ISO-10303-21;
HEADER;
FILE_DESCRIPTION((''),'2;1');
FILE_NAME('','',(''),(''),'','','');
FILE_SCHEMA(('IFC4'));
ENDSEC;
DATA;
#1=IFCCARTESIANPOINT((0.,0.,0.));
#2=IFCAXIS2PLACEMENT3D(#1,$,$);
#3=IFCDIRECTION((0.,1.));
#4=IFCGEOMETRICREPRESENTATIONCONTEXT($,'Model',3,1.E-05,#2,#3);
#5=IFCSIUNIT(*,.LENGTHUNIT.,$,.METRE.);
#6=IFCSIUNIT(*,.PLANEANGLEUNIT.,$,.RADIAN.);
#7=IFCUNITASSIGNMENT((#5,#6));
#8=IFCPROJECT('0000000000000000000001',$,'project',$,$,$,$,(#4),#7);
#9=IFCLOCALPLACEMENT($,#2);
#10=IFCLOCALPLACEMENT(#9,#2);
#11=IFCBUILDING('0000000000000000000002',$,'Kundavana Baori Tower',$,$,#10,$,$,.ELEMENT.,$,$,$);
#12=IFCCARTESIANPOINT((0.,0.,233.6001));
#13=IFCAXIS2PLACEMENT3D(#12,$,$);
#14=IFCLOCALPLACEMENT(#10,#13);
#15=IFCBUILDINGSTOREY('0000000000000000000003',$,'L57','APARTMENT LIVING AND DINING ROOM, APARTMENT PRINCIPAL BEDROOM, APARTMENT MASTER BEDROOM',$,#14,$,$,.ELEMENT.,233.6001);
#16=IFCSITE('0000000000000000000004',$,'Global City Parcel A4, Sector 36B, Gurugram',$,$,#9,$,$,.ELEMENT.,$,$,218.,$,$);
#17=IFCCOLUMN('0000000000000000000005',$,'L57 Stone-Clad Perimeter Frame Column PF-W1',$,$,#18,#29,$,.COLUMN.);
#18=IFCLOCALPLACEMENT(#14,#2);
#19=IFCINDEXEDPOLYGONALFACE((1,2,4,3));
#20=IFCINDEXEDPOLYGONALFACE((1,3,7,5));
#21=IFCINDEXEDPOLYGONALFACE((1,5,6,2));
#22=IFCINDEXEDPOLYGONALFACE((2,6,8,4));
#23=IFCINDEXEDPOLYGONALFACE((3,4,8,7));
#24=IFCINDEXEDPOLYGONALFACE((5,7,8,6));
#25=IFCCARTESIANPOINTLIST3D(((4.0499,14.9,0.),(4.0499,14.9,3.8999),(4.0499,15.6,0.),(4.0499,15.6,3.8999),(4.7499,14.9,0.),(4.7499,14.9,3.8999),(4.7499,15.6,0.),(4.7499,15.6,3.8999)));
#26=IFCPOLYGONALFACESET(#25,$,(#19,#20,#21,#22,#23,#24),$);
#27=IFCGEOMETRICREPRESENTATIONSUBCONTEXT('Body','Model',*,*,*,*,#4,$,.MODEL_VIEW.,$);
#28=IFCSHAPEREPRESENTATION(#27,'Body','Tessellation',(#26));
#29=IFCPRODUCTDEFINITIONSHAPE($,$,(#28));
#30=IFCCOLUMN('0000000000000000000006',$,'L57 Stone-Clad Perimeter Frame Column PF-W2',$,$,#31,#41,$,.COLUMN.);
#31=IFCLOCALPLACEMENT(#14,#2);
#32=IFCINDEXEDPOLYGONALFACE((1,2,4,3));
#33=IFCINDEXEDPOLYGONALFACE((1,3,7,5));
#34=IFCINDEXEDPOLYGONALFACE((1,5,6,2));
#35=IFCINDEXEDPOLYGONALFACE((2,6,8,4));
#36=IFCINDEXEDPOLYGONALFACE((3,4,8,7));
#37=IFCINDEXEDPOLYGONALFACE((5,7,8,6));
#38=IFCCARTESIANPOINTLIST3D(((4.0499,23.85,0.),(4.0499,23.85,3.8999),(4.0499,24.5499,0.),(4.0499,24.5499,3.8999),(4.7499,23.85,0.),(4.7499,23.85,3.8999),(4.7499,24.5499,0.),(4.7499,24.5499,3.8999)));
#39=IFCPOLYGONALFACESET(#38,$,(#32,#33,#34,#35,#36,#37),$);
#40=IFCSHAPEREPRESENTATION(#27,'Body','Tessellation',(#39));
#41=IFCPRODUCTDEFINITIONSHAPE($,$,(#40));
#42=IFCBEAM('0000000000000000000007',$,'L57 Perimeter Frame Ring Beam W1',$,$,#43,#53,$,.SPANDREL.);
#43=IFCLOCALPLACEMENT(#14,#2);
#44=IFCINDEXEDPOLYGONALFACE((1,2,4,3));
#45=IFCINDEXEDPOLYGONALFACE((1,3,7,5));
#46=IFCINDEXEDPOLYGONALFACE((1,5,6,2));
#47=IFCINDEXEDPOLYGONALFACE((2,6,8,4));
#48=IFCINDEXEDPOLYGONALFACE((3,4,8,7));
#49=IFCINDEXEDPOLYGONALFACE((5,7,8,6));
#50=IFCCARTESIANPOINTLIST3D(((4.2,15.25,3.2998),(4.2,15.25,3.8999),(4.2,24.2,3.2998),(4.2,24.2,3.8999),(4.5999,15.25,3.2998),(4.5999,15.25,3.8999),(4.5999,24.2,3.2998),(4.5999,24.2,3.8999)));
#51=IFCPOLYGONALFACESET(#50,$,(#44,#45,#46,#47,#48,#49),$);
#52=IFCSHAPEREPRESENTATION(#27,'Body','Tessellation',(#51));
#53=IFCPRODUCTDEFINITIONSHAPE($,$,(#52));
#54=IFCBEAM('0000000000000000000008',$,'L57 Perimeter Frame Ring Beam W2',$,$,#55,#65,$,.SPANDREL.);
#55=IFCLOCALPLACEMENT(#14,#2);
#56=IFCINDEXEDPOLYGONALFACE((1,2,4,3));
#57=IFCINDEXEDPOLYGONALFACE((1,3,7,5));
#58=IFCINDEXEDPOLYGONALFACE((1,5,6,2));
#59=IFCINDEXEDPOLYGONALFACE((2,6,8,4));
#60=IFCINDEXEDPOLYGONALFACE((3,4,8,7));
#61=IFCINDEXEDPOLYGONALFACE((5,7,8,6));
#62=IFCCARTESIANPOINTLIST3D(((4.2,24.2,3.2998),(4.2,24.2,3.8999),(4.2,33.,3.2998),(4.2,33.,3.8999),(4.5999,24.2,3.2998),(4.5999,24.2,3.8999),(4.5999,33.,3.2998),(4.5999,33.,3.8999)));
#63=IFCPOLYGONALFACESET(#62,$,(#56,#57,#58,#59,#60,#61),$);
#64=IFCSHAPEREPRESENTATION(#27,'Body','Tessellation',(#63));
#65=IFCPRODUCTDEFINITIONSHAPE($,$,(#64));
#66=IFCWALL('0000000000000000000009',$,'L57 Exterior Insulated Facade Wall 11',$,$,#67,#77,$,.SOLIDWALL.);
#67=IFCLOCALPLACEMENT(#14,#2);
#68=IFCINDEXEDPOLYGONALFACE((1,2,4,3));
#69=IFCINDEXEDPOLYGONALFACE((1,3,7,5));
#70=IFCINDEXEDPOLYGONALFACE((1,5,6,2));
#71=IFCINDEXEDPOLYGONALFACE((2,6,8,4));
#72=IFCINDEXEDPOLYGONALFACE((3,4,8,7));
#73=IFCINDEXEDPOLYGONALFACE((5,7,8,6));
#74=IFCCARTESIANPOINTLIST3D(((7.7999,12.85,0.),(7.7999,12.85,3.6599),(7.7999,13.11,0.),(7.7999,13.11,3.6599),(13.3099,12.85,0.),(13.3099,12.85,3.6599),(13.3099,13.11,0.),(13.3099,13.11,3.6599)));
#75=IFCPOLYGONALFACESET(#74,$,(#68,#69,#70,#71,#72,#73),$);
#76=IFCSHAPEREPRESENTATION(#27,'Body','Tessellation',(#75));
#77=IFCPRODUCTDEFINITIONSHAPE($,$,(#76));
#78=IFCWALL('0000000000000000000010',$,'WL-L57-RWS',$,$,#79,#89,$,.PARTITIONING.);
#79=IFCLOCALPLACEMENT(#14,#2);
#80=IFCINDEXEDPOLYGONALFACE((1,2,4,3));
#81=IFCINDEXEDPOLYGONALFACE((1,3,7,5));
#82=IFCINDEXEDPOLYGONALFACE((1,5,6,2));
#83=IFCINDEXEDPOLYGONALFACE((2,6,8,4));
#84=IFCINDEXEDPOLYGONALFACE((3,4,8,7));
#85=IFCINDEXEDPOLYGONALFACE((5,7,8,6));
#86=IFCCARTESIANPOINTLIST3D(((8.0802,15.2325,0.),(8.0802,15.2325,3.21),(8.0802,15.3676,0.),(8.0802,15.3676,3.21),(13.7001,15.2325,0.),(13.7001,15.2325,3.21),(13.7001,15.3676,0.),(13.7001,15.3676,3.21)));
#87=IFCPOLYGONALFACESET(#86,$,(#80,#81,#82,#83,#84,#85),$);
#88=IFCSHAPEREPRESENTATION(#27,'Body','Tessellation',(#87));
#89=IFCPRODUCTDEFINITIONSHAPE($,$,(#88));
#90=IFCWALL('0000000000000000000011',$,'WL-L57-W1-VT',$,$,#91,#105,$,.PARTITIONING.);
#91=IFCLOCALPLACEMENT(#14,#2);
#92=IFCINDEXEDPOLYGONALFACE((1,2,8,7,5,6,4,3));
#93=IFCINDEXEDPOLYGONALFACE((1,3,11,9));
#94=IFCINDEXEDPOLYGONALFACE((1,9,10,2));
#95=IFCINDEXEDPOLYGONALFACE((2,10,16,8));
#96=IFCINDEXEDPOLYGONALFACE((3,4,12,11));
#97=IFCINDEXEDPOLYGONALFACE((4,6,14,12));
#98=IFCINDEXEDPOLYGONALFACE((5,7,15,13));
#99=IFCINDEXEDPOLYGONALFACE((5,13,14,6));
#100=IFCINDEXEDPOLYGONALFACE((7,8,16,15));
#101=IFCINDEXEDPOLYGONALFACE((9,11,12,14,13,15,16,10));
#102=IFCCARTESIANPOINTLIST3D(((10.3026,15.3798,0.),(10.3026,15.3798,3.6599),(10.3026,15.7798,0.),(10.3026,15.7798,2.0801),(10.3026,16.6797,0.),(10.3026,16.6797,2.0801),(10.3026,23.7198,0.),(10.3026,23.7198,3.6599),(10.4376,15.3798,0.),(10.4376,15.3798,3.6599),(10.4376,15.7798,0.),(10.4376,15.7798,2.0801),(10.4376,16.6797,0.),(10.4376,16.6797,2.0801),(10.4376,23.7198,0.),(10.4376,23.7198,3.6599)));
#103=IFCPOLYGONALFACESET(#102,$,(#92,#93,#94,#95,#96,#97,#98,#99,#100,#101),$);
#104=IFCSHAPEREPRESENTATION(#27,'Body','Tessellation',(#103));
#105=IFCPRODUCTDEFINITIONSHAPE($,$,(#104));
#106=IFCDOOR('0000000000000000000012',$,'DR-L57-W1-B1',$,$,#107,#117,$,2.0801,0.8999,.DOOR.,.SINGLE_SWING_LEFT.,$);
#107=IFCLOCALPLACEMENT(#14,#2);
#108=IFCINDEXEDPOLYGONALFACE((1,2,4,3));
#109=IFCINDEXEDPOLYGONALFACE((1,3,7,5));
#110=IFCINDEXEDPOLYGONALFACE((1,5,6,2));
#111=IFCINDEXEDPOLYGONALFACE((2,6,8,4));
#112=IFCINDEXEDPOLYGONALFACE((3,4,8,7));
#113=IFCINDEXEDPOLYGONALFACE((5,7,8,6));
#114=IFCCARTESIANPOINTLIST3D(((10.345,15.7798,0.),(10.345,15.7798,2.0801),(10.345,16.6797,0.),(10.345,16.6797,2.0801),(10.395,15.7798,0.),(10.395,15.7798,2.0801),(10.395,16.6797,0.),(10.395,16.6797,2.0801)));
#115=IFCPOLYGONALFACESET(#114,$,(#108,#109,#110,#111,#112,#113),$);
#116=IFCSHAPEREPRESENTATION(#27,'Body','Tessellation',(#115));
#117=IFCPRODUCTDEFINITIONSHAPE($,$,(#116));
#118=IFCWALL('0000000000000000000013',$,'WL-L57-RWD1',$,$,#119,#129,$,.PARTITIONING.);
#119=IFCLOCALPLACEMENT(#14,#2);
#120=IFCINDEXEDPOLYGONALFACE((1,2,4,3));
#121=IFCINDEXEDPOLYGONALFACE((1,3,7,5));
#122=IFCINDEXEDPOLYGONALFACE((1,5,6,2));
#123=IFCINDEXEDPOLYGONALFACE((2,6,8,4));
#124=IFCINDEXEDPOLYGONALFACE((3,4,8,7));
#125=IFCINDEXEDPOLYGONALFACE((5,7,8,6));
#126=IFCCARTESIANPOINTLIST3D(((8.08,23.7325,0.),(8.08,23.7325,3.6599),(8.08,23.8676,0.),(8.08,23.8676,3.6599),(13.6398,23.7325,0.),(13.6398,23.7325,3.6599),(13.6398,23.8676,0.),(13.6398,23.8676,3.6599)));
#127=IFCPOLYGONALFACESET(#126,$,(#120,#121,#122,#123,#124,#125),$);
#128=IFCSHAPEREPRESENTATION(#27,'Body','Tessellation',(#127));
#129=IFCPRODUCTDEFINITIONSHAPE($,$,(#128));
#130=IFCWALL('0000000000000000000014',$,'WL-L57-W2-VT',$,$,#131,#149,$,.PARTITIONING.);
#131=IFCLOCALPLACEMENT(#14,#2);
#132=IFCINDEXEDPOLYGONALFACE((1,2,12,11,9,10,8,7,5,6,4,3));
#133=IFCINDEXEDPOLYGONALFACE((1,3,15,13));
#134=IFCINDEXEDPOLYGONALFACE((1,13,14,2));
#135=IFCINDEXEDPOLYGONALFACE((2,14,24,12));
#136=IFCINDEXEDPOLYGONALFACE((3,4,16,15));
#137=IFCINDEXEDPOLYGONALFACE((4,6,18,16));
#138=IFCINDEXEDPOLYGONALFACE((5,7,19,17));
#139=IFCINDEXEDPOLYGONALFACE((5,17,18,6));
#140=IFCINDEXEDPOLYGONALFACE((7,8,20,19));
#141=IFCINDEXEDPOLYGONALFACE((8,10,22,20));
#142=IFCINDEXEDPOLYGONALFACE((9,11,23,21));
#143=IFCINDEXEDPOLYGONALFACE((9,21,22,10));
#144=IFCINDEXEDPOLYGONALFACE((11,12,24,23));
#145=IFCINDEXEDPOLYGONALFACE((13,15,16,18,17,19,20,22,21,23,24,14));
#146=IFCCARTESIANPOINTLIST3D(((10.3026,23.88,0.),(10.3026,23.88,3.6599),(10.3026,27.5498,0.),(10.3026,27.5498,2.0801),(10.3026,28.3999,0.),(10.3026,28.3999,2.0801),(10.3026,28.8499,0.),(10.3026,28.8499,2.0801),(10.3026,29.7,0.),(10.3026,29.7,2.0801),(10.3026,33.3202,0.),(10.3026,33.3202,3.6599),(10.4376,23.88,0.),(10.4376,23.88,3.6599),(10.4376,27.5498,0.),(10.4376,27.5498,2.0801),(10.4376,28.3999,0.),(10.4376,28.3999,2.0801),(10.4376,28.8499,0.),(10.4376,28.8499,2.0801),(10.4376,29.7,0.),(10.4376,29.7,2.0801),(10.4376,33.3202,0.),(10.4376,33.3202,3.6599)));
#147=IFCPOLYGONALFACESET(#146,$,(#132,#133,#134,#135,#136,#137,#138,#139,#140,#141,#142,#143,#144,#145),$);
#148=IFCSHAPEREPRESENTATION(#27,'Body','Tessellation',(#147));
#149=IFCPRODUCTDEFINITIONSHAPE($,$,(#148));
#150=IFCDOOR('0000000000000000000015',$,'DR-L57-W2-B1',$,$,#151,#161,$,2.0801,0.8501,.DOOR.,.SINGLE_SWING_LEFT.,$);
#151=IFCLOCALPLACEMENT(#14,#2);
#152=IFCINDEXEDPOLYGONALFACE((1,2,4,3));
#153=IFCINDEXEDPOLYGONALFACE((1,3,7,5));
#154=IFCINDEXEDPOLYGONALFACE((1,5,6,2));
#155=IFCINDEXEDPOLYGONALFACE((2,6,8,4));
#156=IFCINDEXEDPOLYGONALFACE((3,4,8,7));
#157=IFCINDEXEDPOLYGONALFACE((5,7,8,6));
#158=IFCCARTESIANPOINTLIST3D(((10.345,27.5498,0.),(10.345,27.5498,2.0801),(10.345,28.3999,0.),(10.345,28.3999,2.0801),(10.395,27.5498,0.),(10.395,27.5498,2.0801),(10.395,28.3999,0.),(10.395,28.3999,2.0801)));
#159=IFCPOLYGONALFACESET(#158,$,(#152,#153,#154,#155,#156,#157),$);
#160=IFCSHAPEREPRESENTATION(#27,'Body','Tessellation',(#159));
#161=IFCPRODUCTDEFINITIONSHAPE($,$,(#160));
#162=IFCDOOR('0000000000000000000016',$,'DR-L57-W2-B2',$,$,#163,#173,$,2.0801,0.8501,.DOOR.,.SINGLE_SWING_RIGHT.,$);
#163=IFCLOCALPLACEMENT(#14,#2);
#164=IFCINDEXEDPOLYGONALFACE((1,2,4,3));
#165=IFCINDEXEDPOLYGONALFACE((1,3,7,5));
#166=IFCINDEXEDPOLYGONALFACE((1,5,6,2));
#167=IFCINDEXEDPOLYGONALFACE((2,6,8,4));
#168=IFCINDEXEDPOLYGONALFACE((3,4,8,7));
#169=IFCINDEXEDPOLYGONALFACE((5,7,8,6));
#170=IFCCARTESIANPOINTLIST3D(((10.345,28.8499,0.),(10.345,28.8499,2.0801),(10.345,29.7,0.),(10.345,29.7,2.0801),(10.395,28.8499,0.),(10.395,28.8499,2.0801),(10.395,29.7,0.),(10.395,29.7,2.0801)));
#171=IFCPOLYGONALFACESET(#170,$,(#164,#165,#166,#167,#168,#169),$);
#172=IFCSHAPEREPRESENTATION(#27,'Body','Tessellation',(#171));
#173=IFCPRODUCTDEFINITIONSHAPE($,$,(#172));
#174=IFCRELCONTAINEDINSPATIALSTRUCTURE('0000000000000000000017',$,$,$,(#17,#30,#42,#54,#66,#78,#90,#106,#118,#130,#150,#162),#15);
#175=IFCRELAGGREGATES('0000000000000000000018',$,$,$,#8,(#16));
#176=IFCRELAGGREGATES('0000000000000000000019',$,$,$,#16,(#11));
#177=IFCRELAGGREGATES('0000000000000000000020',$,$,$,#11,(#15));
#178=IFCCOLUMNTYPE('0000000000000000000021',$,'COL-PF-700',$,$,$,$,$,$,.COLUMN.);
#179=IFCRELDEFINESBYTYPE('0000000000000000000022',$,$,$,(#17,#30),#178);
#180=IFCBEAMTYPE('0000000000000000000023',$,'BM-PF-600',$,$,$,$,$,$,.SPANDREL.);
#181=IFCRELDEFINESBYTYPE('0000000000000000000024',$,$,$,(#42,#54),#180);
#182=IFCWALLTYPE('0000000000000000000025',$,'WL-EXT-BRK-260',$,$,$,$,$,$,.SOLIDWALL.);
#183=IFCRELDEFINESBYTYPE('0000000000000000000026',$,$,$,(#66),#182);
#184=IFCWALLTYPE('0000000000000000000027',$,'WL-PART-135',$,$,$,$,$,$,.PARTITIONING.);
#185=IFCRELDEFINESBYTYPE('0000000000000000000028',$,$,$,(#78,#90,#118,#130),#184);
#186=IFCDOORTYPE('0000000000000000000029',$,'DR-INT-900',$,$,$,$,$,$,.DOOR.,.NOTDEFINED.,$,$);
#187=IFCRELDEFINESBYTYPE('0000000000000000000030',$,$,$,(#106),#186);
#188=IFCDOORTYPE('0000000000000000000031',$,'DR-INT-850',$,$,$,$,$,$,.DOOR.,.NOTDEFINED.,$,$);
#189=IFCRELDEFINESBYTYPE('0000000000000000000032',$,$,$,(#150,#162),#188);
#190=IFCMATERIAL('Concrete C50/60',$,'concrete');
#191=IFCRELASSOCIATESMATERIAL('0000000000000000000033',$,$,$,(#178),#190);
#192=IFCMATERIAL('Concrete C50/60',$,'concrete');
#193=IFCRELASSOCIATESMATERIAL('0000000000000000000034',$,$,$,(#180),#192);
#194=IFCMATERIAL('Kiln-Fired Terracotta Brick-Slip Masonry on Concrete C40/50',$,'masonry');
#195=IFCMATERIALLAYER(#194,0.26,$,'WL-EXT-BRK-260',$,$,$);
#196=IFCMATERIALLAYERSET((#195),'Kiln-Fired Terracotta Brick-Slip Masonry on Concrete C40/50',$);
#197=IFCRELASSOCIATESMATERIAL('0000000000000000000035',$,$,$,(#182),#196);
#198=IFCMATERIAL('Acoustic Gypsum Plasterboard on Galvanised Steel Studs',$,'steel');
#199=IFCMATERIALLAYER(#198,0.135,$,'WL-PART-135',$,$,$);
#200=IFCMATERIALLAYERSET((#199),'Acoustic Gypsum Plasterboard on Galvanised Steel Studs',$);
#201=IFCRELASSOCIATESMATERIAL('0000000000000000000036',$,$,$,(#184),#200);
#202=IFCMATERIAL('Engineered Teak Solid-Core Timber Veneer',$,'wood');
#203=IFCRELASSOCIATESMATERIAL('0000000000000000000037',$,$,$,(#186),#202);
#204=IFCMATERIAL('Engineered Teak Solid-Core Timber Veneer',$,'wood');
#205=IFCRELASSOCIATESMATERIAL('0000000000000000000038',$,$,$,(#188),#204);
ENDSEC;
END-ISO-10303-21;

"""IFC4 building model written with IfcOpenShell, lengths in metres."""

from ifc_helpers import new_model, si_unit, direction, frame, frame_2d, origin, origin_2d, place, context, subcontext, project, spatial, rectangle, extrude, material, layer, layer_set, material_profile, profile_set, type_object, element, fill, save


model = new_model("IFC4")

# Units and contexts
model_context = context("Model", 3, precision=1e-05, world=origin(), true_north=direction((0.0, 1.0)))
body_context = subcontext(model_context, "Body", "Model", "MODEL_VIEW")
ifc_project = project(units=[si_unit("LENGTHUNIT", "METRE"), si_unit("PLANEANGLEUNIT", "RADIAN")], contexts=[model_context])

# Site, building, storey
site_placement = place(None, origin())
site = spatial("IfcSite", under=ifc_project, at=site_placement, Name="Global City Parcel A4, Sector 36B, Gurugram", CompositionType="ELEMENT", RefElevation=218.0)
building_placement = place(site_placement, origin())
building = spatial("IfcBuilding", under=site, at=building_placement, Name="Kundavana Baori Tower", CompositionType="ELEMENT")
storey_placement = place(building_placement, frame((0.0, 0.0, 233.6001)))
storey = spatial("IfcBuildingStorey", under=building, at=storey_placement, Name="L57", Description="APARTMENT LIVING AND DINING ROOM, APARTMENT PRINCIPAL BEDROOM, APARTMENT MASTER BEDROOM", CompositionType="ELEMENT", Elevation=233.6001)

# Columns
ifc_material_1 = material(Name="Concrete C50/60", Category="concrete")
ifc_material_profile_1 = material_profile(ifc_material_1, rectangle(XDim=0.7, YDim=0.7, at=origin_2d()), Name="RC PF 700x700")
ifc_profile_set_1 = profile_set([ifc_material_profile_1], Name="Concrete C50/60")
column_type = type_object("IfcColumnType", Name="COL-PF-700", PredefinedType="COLUMN", material=ifc_profile_set_1)
for number, where, z_axis, x_axis, name in (
    (1, (4.3999, 15.25, 0.0), (0.0, 0.0, 1.0), (1.0, 0.0, 0.0), "L57 Stone-Clad Perimeter Frame Column PF-W1"),
    (2, (4.3999, 24.2, 0.0), (0.0, 0.0, 1.0), (1.0, 0.0, 0.0), "L57 Stone-Clad Perimeter Frame Column PF-W2"),
):
    element("IfcColumn", number, at=place(storey_placement, frame(where, z_axis=z_axis, x_axis=x_axis)), inside=storey, type_object=column_type, Name=name, PredefinedType="COLUMN", context=body_context, shape_type="SweptSolid", body=[
        extrude(rectangle(XDim=0.7, YDim=0.7, at=origin_2d()), origin(), (0.0, 0.0, 1.0), 3.8999),
    ])

# Beams
ifc_material_2 = material(Name="Concrete C50/60", Category="concrete")
ifc_material_profile_2 = material_profile(ifc_material_2, rectangle(XDim=0.3999, YDim=0.6001, at=origin_2d()), Name="RC BM 400x600")
ifc_profile_set_2 = profile_set([ifc_material_profile_2], Name="Concrete C50/60")
beam_type = type_object("IfcBeamType", Name="BM-PF-600", PredefinedType="SPANDREL", material=ifc_profile_set_2)
beam_1_placement = place(storey_placement, frame((4.3999, 15.25, 3.5999), z_axis=(0.0, 1.0, 0.0), x_axis=(-1.0, 0.0, 0.0)))
element("IfcBeam", 3, at=beam_1_placement, inside=storey, type_object=beam_type, Name="L57 Perimeter Frame Ring Beam W1", PredefinedType="SPANDREL", context=body_context, shape_type="SweptSolid", body=[
    extrude(rectangle(XDim=0.3999, YDim=0.6001, at=origin_2d()), origin(), (0.0, 0.0, 1.0), 8.95),
])
beam_2_placement = place(storey_placement, frame((4.3999, 24.2, 3.5999), z_axis=(0.0, 1.0, 0.0), x_axis=(-1.0, 0.0, 0.0)))
element("IfcBeam", 4, at=beam_2_placement, inside=storey, type_object=beam_type, Name="L57 Perimeter Frame Ring Beam W2", PredefinedType="SPANDREL", context=body_context, shape_type="SweptSolid", body=[
    extrude(rectangle(XDim=0.3999, YDim=0.6001, at=origin_2d()), origin(), (0.0, 0.0, 1.0), 8.8),
])

# Walls
ifc_material_3 = material(Name="Kiln-Fired Terracotta Brick-Slip Masonry on Concrete C40/50", Category="masonry")
ifc_layer_1 = layer(ifc_material_3, 0.26, Name="WL-EXT-BRK-260")
ifc_layer_set_1 = layer_set([ifc_layer_1], Name="Kiln-Fired Terracotta Brick-Slip Masonry on Concrete C40/50")
wall_type_1 = type_object("IfcWallType", Name="WL-EXT-BRK-260", PredefinedType="SOLIDWALL", material=ifc_layer_set_1)
wall_1_placement = place(storey_placement, frame((7.8, 12.98, 0.0), z_axis=(0.0, 0.0, 1.0), x_axis=(1.0, 0.0, 0.0)))
element("IfcWall", 5, at=wall_1_placement, inside=storey, type_object=wall_type_1, Name="L57 Exterior Insulated Facade Wall 11", PredefinedType="SOLIDWALL", context=body_context, shape_type="SweptSolid", body=[
    extrude(rectangle(XDim=5.51, YDim=0.26, at=frame_2d((2.7549, 0.0))), origin(), (0.0, 0.0, 1.0), 3.6599),
])
ifc_material_4 = material(Name="Acoustic Gypsum Plasterboard on Galvanised Steel Studs", Category="steel")
ifc_layer_2 = layer(ifc_material_4, 0.135, Name="WL-PART-135")
ifc_layer_set_2 = layer_set([ifc_layer_2], Name="Acoustic Gypsum Plasterboard on Galvanised Steel Studs")
wall_type_2 = type_object("IfcWallType", Name="WL-PART-135", PredefinedType="PARTITIONING", material=ifc_layer_set_2)
wall_2_placement = place(storey_placement, frame((8.0801, 15.3, 0.0), z_axis=(0.0, 0.0, 1.0), x_axis=(1.0, 0.0, 0.0)))
element("IfcWall", 6, at=wall_2_placement, inside=storey, type_object=wall_type_2, Name="WL-L57-RWS", PredefinedType="PARTITIONING", context=body_context, shape_type="SweptSolid", body=[
    extrude(rectangle(XDim=5.6199, YDim=0.135, at=frame_2d((2.8101, 0.0))), origin(), (0.0, 0.0, 1.0), 3.21),
])

# Wall, opening, door
wall_3_placement = place(storey_placement, frame((10.3701, 15.3799, 0.0), z_axis=(0.0, 0.0, 1.0), x_axis=(0.0, 1.0, 0.0)))
wall_3 = element("IfcWall", 7, at=wall_3_placement, inside=storey, type_object=wall_type_2, Name="WL-L57-W1-VT", PredefinedType="PARTITIONING", context=body_context, shape_type="SweptSolid", body=[
    extrude(rectangle(XDim=8.3401, YDim=0.135, at=frame_2d((4.1699, 0.0))), origin(), (0.0, 0.0, 1.0), 3.6599),
])
opening_1_placement = place(wall_3_placement, frame((0.3999, 0.0, 0.0)))
opening_1 = element("IfcOpeningElement", 8, at=opening_1_placement, cuts=wall_3, PredefinedType="OPENING", context=body_context, shape_type="SweptSolid", body=[
    extrude(rectangle(XDim=0.8999, YDim=2.0801, at=frame_2d((0.45, 1.04))), frame((0.0, 0.0776, 0.0), z_axis=(0.0, -1.0, 0.0), x_axis=(1.0, 0.0, 0.0)), (0.0, 0.0, 1.0), 0.155),
])
ifc_material_5 = material(Name="Engineered Teak Solid-Core Timber Veneer", Category="wood")
door_type_1 = type_object("IfcDoorType", Name="DR-INT-900", OperationType="NOTDEFINED", PredefinedType="DOOR", material=ifc_material_5)
door_1_placement = place(opening_1_placement, frame((0.8999, 0.0, 0.0), z_axis=(0.0, 0.0, 1.0), x_axis=(-1.0, 0.0, 0.0)))
door_1 = element("IfcDoor", 9, at=door_1_placement, inside=storey, type_object=door_type_1, Name="DR-L57-W1-B1", OperationType="SINGLE_SWING_LEFT", OverallHeight=2.0801, OverallWidth=0.8999, PredefinedType="DOOR", context=body_context, shape_type="SweptSolid", body=[
    extrude(rectangle(XDim=0.8999, YDim=2.0801, at=frame_2d((0.45, 1.04))), frame((0.0, 0.0249, 0.0), z_axis=(0.0, -1.0, 0.0), x_axis=(1.0, 0.0, 0.0)), (0.0, 0.0, 1.0), 0.05),
])
fill(opening_1, door_1)

# Wall
wall_4_placement = place(storey_placement, frame((8.0801, 23.8, 0.0), z_axis=(0.0, 0.0, 1.0), x_axis=(1.0, 0.0, 0.0)))
element("IfcWall", 10, at=wall_4_placement, inside=storey, type_object=wall_type_2, Name="WL-L57-RWD1", PredefinedType="PARTITIONING", context=body_context, shape_type="SweptSolid", body=[
    extrude(rectangle(XDim=5.5598, YDim=0.135, at=frame_2d((2.7798, 0.0))), origin(), (0.0, 0.0, 1.0), 3.6599),
])

# Wall, openings, doors
wall_5_placement = place(storey_placement, frame((10.3701, 23.8799, 0.0), z_axis=(0.0, 0.0, 1.0), x_axis=(0.0, 1.0, 0.0)))
wall_5 = element("IfcWall", 11, at=wall_5_placement, inside=storey, type_object=wall_type_2, Name="WL-L57-W2-VT", PredefinedType="PARTITIONING", context=body_context, shape_type="SweptSolid", body=[
    extrude(rectangle(XDim=9.4402, YDim=0.135, at=frame_2d((4.7202, 0.0))), origin(), (0.0, 0.0, 1.0), 3.6599),
])
opening_2_placement = place(wall_5_placement, frame((3.6699, 0.0, 0.0)))
opening_2 = element("IfcOpeningElement", 12, at=opening_2_placement, cuts=wall_5, PredefinedType="OPENING", context=body_context, shape_type="SweptSolid", body=[
    extrude(rectangle(XDim=0.8501, YDim=2.0801, at=frame_2d((0.425, 1.04))), frame((0.0, 0.0776, 0.0), z_axis=(0.0, -1.0, 0.0), x_axis=(1.0, 0.0, 0.0)), (0.0, 0.0, 1.0), 0.155),
])
opening_3_placement = place(wall_5_placement, frame((4.97, 0.0, 0.0)))
opening_3 = element("IfcOpeningElement", 13, at=opening_3_placement, cuts=wall_5, PredefinedType="OPENING", context=body_context, shape_type="SweptSolid", body=[
    extrude(rectangle(XDim=0.8501, YDim=2.0801, at=frame_2d((0.425, 1.04))), frame((0.0, 0.0776, 0.0), z_axis=(0.0, -1.0, 0.0), x_axis=(1.0, 0.0, 0.0)), (0.0, 0.0, 1.0), 0.155),
])
ifc_material_6 = material(Name="Engineered Teak Solid-Core Timber Veneer", Category="wood")
door_type_2 = type_object("IfcDoorType", Name="DR-INT-850", OperationType="NOTDEFINED", PredefinedType="DOOR", material=ifc_material_6)
door_2_placement = place(opening_2_placement, frame((0.8501, 0.0, 0.0), z_axis=(0.0, 0.0, 1.0), x_axis=(-1.0, 0.0, 0.0)))
door_2 = element("IfcDoor", 14, at=door_2_placement, inside=storey, type_object=door_type_2, Name="DR-L57-W2-B1", OperationType="SINGLE_SWING_LEFT", OverallHeight=2.0801, OverallWidth=0.8501, PredefinedType="DOOR", context=body_context, shape_type="SweptSolid", body=[
    extrude(rectangle(XDim=0.8501, YDim=2.0801, at=frame_2d((0.425, 1.04))), frame((0.0, 0.0249, 0.0), z_axis=(0.0, -1.0, 0.0), x_axis=(1.0, 0.0, 0.0)), (0.0, 0.0, 1.0), 0.05),
])
fill(opening_2, door_2)
door_3_placement = place(opening_3_placement, frame((0.8501, 0.0, 0.0), z_axis=(0.0, 0.0, 1.0), x_axis=(-1.0, 0.0, 0.0)))
door_3 = element("IfcDoor", 15, at=door_3_placement, inside=storey, type_object=door_type_2, Name="DR-L57-W2-B2", OperationType="SINGLE_SWING_RIGHT", OverallHeight=2.0801, OverallWidth=0.8501, PredefinedType="DOOR", context=body_context, shape_type="SweptSolid", body=[
    extrude(rectangle(XDim=0.8501, YDim=2.0801, at=frame_2d((0.425, 1.04))), frame((0.0, 0.0249, 0.0), z_axis=(0.0, -1.0, 0.0), x_axis=(1.0, 0.0, 0.0)), (0.0, 0.0, 1.0), 0.05),
])
fill(opening_3, door_3)

save(model, "model.ifc")
